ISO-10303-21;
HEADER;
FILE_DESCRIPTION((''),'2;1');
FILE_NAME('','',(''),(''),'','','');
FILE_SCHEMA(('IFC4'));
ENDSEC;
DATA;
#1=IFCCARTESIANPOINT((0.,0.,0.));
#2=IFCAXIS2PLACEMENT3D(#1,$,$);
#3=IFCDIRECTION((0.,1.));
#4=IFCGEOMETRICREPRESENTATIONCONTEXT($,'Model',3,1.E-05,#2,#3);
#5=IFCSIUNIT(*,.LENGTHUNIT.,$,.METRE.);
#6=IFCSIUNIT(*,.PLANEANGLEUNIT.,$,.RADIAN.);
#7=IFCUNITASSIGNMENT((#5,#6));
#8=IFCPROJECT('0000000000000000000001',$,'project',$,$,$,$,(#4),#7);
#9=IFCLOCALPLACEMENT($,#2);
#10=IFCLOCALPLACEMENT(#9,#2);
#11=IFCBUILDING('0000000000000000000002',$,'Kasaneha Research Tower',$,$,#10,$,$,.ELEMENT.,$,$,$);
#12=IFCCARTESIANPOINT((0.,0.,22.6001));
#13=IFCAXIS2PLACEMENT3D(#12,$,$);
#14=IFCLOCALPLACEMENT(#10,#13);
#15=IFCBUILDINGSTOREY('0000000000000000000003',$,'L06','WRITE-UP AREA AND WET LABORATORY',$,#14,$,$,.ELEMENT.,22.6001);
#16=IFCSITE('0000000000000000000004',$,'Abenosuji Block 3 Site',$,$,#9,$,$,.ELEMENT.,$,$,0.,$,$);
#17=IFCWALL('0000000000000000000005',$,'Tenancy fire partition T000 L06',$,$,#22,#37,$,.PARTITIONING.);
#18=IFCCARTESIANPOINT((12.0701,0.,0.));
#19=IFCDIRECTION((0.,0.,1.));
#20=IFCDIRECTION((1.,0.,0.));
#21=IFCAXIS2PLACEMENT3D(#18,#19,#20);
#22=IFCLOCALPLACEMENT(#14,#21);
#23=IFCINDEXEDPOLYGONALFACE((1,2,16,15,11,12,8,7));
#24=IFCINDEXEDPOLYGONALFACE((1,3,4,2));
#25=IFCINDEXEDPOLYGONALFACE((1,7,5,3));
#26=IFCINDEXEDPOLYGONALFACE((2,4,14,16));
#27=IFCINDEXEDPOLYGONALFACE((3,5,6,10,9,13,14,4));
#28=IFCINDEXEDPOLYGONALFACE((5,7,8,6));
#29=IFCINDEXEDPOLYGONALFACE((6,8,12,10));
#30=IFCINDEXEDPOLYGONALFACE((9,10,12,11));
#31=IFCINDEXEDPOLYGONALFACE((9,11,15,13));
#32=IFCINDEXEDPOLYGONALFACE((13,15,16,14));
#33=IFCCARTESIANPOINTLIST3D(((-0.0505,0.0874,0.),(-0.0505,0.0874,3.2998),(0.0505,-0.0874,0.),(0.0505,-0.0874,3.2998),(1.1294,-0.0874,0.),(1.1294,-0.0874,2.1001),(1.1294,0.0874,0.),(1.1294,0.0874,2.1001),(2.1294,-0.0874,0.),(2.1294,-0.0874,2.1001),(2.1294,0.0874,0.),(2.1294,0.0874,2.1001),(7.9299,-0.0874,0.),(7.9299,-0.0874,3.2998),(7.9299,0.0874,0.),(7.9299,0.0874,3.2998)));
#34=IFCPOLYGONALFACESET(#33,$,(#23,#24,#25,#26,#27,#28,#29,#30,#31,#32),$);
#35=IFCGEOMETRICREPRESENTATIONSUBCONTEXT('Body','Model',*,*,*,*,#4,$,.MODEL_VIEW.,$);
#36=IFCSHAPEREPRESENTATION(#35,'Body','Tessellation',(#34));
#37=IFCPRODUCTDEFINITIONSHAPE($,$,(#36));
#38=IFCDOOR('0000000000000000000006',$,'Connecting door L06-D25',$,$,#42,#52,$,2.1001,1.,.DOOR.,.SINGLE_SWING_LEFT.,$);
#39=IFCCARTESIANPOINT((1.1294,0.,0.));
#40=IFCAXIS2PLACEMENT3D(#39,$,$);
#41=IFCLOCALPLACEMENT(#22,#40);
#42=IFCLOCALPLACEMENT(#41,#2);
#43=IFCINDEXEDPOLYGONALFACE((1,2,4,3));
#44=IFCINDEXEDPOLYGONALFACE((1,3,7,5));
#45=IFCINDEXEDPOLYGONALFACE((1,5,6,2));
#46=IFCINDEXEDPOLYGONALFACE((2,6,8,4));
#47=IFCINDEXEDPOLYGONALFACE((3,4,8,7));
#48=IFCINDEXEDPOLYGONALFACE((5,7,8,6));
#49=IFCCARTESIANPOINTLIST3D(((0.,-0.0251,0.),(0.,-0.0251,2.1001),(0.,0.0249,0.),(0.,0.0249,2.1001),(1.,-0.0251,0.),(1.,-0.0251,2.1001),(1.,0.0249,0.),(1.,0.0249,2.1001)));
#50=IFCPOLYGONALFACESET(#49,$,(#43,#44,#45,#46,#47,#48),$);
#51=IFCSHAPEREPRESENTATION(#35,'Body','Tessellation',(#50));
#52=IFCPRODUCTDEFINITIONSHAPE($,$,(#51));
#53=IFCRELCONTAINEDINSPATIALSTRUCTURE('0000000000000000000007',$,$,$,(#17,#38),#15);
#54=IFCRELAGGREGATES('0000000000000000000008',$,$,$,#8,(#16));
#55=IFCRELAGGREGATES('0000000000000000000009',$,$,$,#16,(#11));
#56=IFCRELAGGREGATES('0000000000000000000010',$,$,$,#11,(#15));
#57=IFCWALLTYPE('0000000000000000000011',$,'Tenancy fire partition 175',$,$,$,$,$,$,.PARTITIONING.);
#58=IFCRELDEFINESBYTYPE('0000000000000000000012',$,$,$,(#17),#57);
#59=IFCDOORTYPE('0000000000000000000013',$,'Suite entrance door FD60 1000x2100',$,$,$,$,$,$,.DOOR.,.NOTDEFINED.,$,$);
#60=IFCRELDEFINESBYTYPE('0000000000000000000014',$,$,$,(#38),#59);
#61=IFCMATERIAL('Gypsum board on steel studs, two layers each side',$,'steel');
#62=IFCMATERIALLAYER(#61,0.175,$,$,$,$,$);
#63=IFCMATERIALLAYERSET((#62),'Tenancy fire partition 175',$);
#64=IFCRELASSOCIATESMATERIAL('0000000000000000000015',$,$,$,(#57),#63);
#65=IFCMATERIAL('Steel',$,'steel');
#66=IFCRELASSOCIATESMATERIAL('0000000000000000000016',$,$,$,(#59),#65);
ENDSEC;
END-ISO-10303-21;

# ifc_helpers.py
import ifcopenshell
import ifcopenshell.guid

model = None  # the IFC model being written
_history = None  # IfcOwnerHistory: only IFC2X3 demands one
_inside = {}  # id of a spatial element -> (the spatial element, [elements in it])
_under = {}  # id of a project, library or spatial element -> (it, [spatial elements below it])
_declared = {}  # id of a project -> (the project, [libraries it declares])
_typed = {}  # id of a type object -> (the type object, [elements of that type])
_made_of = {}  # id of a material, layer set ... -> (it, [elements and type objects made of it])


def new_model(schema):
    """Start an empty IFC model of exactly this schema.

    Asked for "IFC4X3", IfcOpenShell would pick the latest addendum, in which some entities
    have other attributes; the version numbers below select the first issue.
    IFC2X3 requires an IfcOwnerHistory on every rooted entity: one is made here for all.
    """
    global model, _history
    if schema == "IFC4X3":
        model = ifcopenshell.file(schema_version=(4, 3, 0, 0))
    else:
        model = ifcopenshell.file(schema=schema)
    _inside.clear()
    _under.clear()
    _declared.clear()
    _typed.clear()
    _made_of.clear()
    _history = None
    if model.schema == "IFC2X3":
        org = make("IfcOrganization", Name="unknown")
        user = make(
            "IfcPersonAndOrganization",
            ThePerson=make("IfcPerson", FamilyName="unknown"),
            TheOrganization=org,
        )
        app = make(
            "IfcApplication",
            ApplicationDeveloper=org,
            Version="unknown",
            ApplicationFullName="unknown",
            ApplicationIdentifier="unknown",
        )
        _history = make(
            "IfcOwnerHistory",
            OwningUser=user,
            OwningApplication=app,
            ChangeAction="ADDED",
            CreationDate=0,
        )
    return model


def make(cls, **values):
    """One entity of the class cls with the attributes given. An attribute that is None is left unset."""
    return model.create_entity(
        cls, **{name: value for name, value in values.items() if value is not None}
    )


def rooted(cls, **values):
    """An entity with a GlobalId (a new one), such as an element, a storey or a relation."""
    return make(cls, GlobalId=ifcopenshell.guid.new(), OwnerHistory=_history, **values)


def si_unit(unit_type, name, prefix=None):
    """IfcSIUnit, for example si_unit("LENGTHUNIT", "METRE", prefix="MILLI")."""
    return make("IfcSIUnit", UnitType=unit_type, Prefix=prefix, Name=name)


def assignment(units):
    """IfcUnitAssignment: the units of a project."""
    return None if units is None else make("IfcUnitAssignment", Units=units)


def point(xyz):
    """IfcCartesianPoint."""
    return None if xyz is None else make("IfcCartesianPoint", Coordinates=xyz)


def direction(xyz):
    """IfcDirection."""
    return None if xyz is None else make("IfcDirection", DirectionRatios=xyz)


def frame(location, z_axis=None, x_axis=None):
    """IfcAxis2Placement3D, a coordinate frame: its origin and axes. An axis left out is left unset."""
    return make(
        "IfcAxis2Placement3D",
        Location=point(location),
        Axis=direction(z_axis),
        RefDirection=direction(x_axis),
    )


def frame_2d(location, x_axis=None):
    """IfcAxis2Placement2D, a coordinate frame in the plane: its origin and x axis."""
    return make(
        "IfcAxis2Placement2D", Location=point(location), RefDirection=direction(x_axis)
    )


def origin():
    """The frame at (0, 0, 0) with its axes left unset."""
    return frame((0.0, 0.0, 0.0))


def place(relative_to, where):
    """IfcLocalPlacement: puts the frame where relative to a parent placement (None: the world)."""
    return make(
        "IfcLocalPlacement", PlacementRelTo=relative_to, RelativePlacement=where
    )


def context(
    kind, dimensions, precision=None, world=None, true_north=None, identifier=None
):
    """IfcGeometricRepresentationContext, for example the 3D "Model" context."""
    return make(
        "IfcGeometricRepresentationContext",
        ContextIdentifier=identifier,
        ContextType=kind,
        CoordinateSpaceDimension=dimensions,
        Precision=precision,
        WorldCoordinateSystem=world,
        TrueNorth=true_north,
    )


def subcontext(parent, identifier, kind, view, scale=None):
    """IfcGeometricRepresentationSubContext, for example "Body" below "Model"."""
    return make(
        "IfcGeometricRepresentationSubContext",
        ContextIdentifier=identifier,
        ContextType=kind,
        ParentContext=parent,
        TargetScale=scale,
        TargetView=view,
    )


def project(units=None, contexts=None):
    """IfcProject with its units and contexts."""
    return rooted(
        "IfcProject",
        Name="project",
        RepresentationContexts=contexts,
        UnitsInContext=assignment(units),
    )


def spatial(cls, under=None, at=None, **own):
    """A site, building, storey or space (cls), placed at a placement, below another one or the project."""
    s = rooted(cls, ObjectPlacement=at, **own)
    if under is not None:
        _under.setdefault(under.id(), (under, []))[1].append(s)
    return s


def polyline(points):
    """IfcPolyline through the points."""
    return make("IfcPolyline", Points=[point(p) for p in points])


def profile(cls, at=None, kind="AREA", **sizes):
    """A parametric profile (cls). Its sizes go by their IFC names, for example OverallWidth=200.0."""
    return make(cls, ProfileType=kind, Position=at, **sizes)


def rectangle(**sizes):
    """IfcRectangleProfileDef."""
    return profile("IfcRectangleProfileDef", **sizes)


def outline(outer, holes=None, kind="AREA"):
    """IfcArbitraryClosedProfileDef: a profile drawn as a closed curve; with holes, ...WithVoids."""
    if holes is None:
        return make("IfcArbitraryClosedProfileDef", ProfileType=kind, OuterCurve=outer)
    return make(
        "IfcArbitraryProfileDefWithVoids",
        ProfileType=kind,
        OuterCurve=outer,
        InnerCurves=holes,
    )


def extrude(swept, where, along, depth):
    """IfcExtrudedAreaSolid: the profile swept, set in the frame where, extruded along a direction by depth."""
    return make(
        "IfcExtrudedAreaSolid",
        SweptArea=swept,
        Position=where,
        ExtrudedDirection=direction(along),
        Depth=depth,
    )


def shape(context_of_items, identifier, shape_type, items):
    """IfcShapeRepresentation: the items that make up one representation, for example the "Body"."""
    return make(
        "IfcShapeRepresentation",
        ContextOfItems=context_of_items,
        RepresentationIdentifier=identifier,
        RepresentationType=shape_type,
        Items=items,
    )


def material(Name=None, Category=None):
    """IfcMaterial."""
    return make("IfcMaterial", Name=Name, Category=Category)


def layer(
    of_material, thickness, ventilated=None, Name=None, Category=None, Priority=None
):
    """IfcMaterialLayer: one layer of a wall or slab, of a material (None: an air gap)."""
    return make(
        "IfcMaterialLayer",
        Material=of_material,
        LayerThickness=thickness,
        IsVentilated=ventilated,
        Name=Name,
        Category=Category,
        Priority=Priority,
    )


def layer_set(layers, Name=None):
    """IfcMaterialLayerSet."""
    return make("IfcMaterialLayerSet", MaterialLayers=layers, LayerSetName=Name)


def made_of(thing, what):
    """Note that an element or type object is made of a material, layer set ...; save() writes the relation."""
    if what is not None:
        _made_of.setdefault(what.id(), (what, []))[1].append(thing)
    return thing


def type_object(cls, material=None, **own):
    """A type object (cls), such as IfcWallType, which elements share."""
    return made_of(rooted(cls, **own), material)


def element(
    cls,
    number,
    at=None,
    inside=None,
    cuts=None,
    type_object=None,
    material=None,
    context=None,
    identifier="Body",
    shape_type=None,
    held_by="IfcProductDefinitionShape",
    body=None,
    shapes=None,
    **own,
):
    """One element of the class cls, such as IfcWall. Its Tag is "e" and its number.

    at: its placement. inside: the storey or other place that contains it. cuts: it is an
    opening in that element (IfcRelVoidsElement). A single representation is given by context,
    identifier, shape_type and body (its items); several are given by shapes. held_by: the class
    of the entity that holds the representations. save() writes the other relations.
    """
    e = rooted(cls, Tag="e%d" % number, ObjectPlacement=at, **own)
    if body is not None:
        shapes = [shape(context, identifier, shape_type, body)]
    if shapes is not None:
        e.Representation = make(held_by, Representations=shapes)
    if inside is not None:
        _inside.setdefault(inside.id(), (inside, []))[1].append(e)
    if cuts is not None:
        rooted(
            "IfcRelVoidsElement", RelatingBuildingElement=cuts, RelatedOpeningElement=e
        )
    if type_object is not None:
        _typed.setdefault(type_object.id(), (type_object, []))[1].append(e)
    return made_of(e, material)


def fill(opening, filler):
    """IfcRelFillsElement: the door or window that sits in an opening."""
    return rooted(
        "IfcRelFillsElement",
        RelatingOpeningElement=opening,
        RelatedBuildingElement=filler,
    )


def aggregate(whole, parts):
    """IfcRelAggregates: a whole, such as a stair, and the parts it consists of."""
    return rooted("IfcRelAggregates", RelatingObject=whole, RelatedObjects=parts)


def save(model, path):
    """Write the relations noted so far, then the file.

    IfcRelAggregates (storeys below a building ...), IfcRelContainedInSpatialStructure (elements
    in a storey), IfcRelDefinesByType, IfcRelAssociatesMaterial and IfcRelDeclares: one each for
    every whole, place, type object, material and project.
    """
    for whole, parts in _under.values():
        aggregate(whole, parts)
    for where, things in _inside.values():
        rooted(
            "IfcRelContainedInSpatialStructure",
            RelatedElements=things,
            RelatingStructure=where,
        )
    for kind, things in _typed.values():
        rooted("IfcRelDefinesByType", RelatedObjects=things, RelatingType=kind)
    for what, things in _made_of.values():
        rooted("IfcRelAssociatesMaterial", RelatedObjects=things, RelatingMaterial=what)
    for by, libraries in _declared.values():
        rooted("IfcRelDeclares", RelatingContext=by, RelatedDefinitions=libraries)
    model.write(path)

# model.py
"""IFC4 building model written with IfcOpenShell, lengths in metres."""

from ifc_helpers import new_model, si_unit, direction, frame, frame_2d, origin, place, context, subcontext, project, spatial, polyline, rectangle, outline, extrude, material, layer, layer_set, type_object, element, fill, save


model = new_model("IFC4")

# Units and contexts
model_context = context("Model", 3, precision=1e-05, world=origin(), true_north=direction((0.0, 1.0)))
body_context = subcontext(model_context, "Body", "Model", "MODEL_VIEW")
ifc_project = project(units=[si_unit("LENGTHUNIT", "METRE"), si_unit("PLANEANGLEUNIT", "RADIAN")], contexts=[model_context])

# Site, building, storey
site_placement = place(None, origin())
site = spatial("IfcSite", under=ifc_project, at=site_placement, Name="Abenosuji Block 3 Site", CompositionType="ELEMENT", RefElevation=0.0)
building_placement = place(site_placement, origin())
building = spatial("IfcBuilding", under=site, at=building_placement, Name="Kasaneha Research Tower", CompositionType="ELEMENT")
storey_placement = place(building_placement, frame((0.0, 0.0, 22.6001)))
storey = spatial("IfcBuildingStorey", under=building, at=storey_placement, Name="L06", Description="WRITE-UP AREA AND WET LABORATORY", CompositionType="ELEMENT", Elevation=22.6001)

# Wall, opening, door
ifc_material_1 = material(Name="Gypsum board on steel studs, two layers each side", Category="steel")
ifc_layer_1 = layer(ifc_material_1, 0.175)
ifc_layer_set_1 = layer_set([ifc_layer_1], Name="Tenancy fire partition 175")
wall_type_1 = type_object("IfcWallType", Name="Tenancy fire partition 175", PredefinedType="PARTITIONING", material=ifc_layer_set_1)
wall_1_placement = place(storey_placement, frame((12.0701, 0.0, 0.0), z_axis=(0.0, 0.0, 1.0), x_axis=(1.0, 0.0, 0.0)))
wall_1 = element("IfcWall", 1, at=wall_1_placement, inside=storey, type_object=wall_type_1, Name="Tenancy fire partition T000 L06", PredefinedType="PARTITIONING", context=body_context, shape_type="SweptSolid", body=[
    extrude(outline(polyline([(0.0505, -0.0874), (1.1294, -0.0874), (2.1294, -0.0874), (7.9299, -0.0874), (7.9299, 0.0874), (2.1294, 0.0874), (1.1294, 0.0874), (-0.0505, 0.0874), (0.0505, -0.0874)])), origin(), (0.0, 0.0, 1.0), 3.2998),
])
opening_1_placement = place(wall_1_placement, frame((1.1294, 0.0, 0.0)))
opening_1 = element("IfcOpeningElement", 2, at=opening_1_placement, cuts=wall_1, PredefinedType="OPENING", context=body_context, shape_type="SweptSolid", body=[
    extrude(rectangle(XDim=1.0, YDim=2.1001, at=frame_2d((0.5, 1.05))), frame((0.0, 0.0977, 0.0), z_axis=(0.0, -1.0, 0.0), x_axis=(1.0, 0.0, 0.0)), (0.0, 0.0, 1.0), 0.1951),
])
ifc_material_2 = material(Name="Steel", Category="steel")
door_type_1 = type_object("IfcDoorType", Name="Suite entrance door FD60 1000x2100", OperationType="NOTDEFINED", PredefinedType="DOOR", material=ifc_material_2)
door_1_placement = place(opening_1_placement, origin())
door_1 = element("IfcDoor", 3, at=door_1_placement, inside=storey, type_object=door_type_1, Name="Connecting door L06-D25", OperationType="SINGLE_SWING_LEFT", OverallHeight=2.1001, OverallWidth=1.0, PredefinedType="DOOR", context=body_context, shape_type="SweptSolid", body=[
    extrude(rectangle(XDim=1.0, YDim=2.1001, at=frame_2d((0.5, 1.05))), frame((0.0, 0.0249, 0.0), z_axis=(0.0, -1.0, 0.0), x_axis=(1.0, 0.0, 0.0)), (0.0, 0.0, 1.0), 0.05),
])
fill(opening_1, door_1)

save(model, "model.ifc")
